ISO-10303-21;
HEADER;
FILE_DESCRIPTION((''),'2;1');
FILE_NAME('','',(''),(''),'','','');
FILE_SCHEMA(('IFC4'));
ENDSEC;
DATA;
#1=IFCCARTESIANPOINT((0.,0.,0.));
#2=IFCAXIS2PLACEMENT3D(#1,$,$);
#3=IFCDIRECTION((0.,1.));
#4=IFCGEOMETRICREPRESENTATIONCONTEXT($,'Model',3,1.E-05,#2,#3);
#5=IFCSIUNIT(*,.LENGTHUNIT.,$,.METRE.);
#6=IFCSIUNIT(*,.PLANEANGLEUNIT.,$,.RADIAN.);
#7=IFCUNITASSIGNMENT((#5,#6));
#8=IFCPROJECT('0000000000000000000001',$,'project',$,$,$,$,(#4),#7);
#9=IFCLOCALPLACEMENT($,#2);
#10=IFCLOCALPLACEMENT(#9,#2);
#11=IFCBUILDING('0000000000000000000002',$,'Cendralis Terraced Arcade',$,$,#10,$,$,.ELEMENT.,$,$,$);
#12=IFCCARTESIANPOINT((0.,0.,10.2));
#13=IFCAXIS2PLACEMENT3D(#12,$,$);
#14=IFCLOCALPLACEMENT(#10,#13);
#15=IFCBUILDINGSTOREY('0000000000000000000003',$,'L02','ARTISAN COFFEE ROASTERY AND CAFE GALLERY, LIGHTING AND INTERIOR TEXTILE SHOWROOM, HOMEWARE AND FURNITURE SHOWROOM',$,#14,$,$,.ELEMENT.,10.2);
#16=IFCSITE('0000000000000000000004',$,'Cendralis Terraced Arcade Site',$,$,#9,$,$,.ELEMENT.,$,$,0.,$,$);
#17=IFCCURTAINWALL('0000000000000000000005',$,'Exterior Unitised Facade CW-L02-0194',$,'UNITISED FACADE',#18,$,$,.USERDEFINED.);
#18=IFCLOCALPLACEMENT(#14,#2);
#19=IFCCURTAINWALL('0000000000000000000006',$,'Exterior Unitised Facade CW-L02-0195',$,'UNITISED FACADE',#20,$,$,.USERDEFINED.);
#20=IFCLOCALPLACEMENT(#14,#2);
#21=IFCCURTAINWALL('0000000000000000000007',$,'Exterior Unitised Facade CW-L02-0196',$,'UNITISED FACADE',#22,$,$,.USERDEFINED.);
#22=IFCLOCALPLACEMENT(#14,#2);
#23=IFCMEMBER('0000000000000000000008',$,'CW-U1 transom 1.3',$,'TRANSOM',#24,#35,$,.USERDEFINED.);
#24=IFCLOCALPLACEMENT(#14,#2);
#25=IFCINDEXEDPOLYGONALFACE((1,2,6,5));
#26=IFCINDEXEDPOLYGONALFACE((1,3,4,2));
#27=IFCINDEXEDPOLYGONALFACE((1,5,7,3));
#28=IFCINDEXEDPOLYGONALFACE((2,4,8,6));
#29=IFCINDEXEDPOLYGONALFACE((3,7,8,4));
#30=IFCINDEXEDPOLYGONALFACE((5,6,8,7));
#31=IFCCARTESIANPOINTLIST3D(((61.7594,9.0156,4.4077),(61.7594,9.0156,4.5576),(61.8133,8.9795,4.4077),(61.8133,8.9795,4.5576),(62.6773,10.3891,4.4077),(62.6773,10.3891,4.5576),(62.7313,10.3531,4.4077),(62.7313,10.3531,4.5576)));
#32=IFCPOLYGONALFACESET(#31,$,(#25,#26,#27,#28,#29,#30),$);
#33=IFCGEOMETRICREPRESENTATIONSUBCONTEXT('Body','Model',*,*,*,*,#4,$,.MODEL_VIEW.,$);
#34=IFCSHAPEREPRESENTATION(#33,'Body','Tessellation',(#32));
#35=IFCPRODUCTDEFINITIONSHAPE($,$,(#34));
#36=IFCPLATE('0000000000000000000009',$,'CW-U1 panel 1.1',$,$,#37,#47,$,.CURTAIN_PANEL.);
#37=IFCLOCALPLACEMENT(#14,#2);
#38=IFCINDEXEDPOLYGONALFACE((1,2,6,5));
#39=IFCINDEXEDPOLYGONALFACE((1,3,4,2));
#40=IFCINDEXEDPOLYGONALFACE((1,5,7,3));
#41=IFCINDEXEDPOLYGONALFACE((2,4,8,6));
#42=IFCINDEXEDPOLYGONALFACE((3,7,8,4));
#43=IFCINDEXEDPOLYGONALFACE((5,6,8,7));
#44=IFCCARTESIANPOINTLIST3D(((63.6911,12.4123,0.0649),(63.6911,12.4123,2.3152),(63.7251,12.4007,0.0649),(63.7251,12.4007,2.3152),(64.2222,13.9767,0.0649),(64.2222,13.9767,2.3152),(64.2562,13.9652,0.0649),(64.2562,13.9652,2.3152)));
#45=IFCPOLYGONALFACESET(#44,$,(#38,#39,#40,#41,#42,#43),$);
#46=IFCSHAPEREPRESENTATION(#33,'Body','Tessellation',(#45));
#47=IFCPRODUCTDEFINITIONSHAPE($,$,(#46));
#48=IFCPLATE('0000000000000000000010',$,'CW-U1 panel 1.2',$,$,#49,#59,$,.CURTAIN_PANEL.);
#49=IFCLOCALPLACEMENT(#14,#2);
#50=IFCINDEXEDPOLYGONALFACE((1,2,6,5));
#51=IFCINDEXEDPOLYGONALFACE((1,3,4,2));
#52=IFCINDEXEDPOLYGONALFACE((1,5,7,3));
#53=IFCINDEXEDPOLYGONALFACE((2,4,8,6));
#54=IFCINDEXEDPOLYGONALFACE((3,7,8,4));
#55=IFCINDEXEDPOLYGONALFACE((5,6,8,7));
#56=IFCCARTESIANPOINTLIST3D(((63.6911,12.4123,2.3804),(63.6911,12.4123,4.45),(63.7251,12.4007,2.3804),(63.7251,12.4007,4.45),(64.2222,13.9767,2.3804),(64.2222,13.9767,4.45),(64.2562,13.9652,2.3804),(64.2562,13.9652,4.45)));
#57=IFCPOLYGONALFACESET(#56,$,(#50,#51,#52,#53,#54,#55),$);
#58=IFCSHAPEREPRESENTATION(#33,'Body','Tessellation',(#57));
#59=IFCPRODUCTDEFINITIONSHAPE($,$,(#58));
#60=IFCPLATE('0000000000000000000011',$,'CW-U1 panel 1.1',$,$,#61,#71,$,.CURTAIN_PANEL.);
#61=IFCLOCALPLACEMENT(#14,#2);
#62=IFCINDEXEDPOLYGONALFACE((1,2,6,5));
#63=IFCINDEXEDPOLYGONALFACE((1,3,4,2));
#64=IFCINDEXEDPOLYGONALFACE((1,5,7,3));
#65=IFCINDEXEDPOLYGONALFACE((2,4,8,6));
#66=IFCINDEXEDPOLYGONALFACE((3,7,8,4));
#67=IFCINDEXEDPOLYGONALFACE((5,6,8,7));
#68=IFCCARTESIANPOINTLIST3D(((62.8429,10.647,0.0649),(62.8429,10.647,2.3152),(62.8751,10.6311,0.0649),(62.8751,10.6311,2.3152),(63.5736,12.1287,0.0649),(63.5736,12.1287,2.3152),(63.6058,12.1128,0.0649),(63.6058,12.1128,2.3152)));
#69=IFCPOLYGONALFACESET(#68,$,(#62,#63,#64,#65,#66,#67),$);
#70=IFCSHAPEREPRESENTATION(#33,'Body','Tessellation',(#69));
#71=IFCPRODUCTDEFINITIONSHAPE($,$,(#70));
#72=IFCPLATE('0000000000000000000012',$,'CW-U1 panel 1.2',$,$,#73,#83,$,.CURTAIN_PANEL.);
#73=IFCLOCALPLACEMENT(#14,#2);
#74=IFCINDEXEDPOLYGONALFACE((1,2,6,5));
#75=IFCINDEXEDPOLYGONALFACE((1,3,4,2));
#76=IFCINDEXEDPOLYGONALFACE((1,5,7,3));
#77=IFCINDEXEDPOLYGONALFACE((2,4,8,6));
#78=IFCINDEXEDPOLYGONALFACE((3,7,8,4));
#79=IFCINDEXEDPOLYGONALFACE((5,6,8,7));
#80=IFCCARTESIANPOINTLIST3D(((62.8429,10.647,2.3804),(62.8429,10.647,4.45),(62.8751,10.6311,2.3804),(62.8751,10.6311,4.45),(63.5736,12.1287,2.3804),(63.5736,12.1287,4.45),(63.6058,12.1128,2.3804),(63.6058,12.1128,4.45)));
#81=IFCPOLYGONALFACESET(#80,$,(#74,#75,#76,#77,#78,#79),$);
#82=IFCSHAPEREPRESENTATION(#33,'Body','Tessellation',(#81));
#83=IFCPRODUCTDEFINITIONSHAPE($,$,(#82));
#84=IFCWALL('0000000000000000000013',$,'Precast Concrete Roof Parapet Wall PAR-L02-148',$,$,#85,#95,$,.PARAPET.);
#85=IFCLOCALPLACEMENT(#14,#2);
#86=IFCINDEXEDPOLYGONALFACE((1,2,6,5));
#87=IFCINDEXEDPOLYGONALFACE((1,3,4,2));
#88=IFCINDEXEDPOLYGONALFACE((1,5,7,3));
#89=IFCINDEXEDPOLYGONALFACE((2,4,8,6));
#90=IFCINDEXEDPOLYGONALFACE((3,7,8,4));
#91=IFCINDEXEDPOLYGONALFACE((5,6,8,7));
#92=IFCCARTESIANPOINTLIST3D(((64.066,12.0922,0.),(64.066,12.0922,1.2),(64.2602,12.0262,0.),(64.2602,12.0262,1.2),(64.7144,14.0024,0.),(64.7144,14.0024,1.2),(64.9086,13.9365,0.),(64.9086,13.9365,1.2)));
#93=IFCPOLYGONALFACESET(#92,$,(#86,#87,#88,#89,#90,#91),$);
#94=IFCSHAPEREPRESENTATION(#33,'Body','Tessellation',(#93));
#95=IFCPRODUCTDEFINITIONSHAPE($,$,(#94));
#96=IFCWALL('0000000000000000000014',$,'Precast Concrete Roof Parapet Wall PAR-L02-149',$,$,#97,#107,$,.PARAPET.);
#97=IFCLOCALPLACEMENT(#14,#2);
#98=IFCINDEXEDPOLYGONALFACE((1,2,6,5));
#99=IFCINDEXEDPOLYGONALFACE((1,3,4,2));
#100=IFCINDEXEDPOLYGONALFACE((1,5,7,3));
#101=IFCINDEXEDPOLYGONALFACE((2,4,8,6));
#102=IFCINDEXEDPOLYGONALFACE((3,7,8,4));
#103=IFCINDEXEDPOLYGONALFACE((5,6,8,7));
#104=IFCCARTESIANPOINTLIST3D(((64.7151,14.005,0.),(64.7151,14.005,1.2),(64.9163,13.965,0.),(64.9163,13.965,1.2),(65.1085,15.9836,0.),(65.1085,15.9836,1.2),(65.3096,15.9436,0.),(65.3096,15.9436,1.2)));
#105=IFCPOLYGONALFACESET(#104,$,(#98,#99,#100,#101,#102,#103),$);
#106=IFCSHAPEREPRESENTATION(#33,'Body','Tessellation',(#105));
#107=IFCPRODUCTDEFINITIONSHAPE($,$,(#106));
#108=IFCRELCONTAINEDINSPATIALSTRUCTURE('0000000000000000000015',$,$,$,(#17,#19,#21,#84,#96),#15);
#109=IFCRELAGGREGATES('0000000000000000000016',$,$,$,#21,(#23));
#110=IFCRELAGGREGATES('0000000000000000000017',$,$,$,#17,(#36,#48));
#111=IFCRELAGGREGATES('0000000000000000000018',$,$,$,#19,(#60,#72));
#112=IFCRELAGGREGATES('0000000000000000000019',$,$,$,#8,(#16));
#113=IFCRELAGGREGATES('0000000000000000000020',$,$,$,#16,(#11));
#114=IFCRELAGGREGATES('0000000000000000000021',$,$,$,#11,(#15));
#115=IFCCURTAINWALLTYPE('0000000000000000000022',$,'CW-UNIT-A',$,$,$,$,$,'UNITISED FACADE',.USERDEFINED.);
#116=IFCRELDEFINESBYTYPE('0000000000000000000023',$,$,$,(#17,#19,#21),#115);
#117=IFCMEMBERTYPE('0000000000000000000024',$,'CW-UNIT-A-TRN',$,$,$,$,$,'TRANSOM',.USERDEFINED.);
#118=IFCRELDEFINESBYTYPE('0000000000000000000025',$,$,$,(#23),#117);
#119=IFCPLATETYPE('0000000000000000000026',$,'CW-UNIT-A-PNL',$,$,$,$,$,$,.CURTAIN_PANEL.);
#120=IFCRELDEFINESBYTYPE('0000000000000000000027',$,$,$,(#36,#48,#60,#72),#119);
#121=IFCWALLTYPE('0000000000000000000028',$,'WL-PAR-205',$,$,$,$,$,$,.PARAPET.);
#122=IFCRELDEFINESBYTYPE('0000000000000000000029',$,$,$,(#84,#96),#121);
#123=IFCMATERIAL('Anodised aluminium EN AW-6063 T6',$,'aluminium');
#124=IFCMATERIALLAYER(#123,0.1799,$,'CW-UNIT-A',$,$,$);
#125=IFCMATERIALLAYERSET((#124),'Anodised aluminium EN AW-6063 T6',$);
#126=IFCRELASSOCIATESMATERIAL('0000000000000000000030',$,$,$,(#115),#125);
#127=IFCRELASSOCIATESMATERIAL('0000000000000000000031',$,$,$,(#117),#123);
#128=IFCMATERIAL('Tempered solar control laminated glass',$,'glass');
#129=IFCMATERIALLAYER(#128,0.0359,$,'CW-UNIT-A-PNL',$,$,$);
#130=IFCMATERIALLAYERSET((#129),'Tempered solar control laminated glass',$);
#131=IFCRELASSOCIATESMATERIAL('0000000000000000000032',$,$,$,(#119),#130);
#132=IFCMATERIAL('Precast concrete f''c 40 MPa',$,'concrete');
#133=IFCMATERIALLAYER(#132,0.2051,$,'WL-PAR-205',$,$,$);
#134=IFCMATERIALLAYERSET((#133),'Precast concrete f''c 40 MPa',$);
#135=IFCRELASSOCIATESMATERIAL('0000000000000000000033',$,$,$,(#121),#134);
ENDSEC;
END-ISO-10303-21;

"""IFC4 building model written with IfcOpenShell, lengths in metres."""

from ifc_helpers import new_model, si_unit, direction, frame, frame_2d, origin, origin_2d, place, context, subcontext, project, spatial, rectangle, extrude, material, layer, layer_set, material_profile, profile_set, type_object, element, aggregate, save


model = new_model("IFC4")

# Units and contexts
model_context = context("Model", 3, precision=1e-05, world=origin(), true_north=direction((0.0, 1.0)))
body_context = subcontext(model_context, "Body", "Model", "MODEL_VIEW")
ifc_project = project(units=[si_unit("LENGTHUNIT", "METRE"), si_unit("PLANEANGLEUNIT", "RADIAN")], contexts=[model_context])

# Site, building, storey
site_placement = place(None, origin())
site = spatial("IfcSite", under=ifc_project, at=site_placement, Name="Cendralis Terraced Arcade Site", CompositionType="ELEMENT", RefElevation=0.0)
building_placement = place(site_placement, origin())
building = spatial("IfcBuilding", under=site, at=building_placement, Name="Cendralis Terraced Arcade", CompositionType="ELEMENT")
storey_placement = place(building_placement, frame((0.0, 0.0, 10.2)))
storey = spatial("IfcBuildingStorey", under=building, at=storey_placement, Name="L02", Description="ARTISAN COFFEE ROASTERY AND CAFE GALLERY, LIGHTING AND INTERIOR TEXTILE SHOWROOM, HOMEWARE AND FURNITURE SHOWROOM", CompositionType="ELEMENT", Elevation=10.2)

# Shared definitions
ifc_material_1 = material(Name="Anodised aluminium EN AW-6063 T6", Category="aluminium")
ifc_layer_1 = layer(ifc_material_1, 0.1799, Name="CW-UNIT-A")
ifc_layer_set_1 = layer_set([ifc_layer_1], Name="Anodised aluminium EN AW-6063 T6")
curtain_wall_type = type_object("IfcCurtainWallType", Name="CW-UNIT-A", ElementType="UNITISED FACADE", PredefinedType="USERDEFINED", material=ifc_layer_set_1)

# Curtain walls
curtain_wall_1_placement = place(storey_placement, origin())
curtain_wall_1 = element("IfcCurtainWall", 1, at=curtain_wall_1_placement, inside=storey, type_object=curtain_wall_type, Name="Exterior Unitised Facade CW-L02-0194", ObjectType="UNITISED FACADE", PredefinedType="USERDEFINED")
curtain_wall_2_placement = place(storey_placement, origin())
curtain_wall_2 = element("IfcCurtainWall", 2, at=curtain_wall_2_placement, inside=storey, type_object=curtain_wall_type, Name="Exterior Unitised Facade CW-L02-0195", ObjectType="UNITISED FACADE", PredefinedType="USERDEFINED")

# Curtain wall
curtain_wall_3_placement = place(storey_placement, origin())
curtain_wall_3 = element("IfcCurtainWall", 3, at=curtain_wall_3_placement, inside=storey, type_object=curtain_wall_type, Name="Exterior Unitised Facade CW-L02-0196", ObjectType="UNITISED FACADE", PredefinedType="USERDEFINED")

# Member
ifc_material_profile_1 = material_profile(ifc_material_1, rectangle(XDim=0.0649, YDim=0.1499, at=origin_2d()), Name="ALU-TRN-65x150")
ifc_profile_set_1 = profile_set([ifc_material_profile_1], Name="Anodised aluminium EN AW-6063 T6")
member_type_1 = type_object("IfcMemberType", Name="CW-UNIT-A-TRN", ElementType="TRANSOM", PredefinedType="USERDEFINED", material=ifc_profile_set_1)
member_1_placement = place(storey_placement, frame((62.7043, 10.3711, 4.4827), z_axis=(-0.555655, -0.831413, 0.0), x_axis=(0.831413, -0.555655, 0.0)))
member_1 = element("IfcMember", 4, at=member_1_placement, type_object=member_type_1, Name="CW-U1 transom 1.3", ObjectType="TRANSOM", PredefinedType="USERDEFINED", context=body_context, shape_type="SweptSolid", body=[
    extrude(rectangle(XDim=0.0649, YDim=0.1499, at=origin_2d()), origin(), (0.0, 0.0, 1.0), 1.6521),
])
aggregate(curtain_wall_3, [member_1])

# Plates
ifc_material_2 = material(Name="Tempered solar control laminated glass", Category="glass")
ifc_layer_2 = layer(ifc_material_2, 0.0359, Name="CW-UNIT-A-PNL")
ifc_layer_set_2 = layer_set([ifc_layer_2], Name="Tempered solar control laminated glass")
plate_type = type_object("IfcPlateType", Name="CW-UNIT-A-PNL", PredefinedType="CURTAIN_PANEL", material=ifc_layer_set_2)
plate_1_placement = place(storey_placement, frame((63.9736, 13.1887, 0.0649), z_axis=(0.0, 0.0, 1.0), x_axis=(-0.321458, -0.946924, 0.0)))
plate_1 = element("IfcPlate", 5, at=plate_1_placement, type_object=plate_type, Name="CW-U1 panel 1.1", PredefinedType="CURTAIN_PANEL", context=body_context, shape_type="SweptSolid", body=[
    extrude(rectangle(XDim=1.6521, YDim=0.0359, at=origin_2d()), origin(), (0.0, 0.0, 1.0), 2.2502),
])
plate_2_placement = place(storey_placement, frame((63.9736, 13.1887, 2.3804), z_axis=(0.0, 0.0, 1.0), x_axis=(-0.321458, -0.946924, 0.0)))
plate_2 = element("IfcPlate", 6, at=plate_2_placement, type_object=plate_type, Name="CW-U1 panel 1.2", PredefinedType="CURTAIN_PANEL", context=body_context, shape_type="SweptSolid", body=[
    extrude(rectangle(XDim=1.6521, YDim=0.0359, at=origin_2d()), origin(), (0.0, 0.0, 1.0), 2.0696),
])
aggregate(curtain_wall_1, [plate_1, plate_2])
plate_3_placement = place(storey_placement, frame((63.2244, 11.3799, 0.0649), z_axis=(0.0, 0.0, 1.0), x_axis=(-0.442291, -0.896871, 0.0)))
plate_3 = element("IfcPlate", 7, at=plate_3_placement, type_object=plate_type, Name="CW-U1 panel 1.1", PredefinedType="CURTAIN_PANEL", context=body_context, shape_type="SweptSolid", body=[
    extrude(rectangle(XDim=1.6521, YDim=0.0359, at=origin_2d()), origin(), (0.0, 0.0, 1.0), 2.2502),
])
plate_4_placement = place(storey_placement, frame((63.2244, 11.3799, 2.3804), z_axis=(0.0, 0.0, 1.0), x_axis=(-0.442291, -0.896871, 0.0)))
plate_4 = element("IfcPlate", 8, at=plate_4_placement, type_object=plate_type, Name="CW-U1 panel 1.2", PredefinedType="CURTAIN_PANEL", context=body_context, shape_type="SweptSolid", body=[
    extrude(rectangle(XDim=1.6521, YDim=0.0359, at=origin_2d()), origin(), (0.0, 0.0, 1.0), 2.0696),
])
aggregate(curtain_wall_2, [plate_3, plate_4])

# Walls
ifc_material_3 = material(Name="Precast concrete f'c 40 MPa", Category="concrete")
ifc_layer_3 = layer(ifc_material_3, 0.2051, Name="WL-PAR-205")
ifc_layer_set_3 = layer_set([ifc_layer_3], Name="Precast concrete f'c 40 MPa")
wall_type = type_object("IfcWallType", Name="WL-PAR-205", PredefinedType="PARAPET", material=ifc_layer_set_3)
for number, where, z_axis, x_axis, name in (
    (9, (64.1631, 12.0591, 0.0), (0.0, 0.0, 1.0), (0.321415, 0.946939, 0.0), "Precast Concrete Roof Parapet Wall PAR-L02-148"),
    (10, (64.8157, 13.9849, 0.0), (0.0, 0.0, 1.0), (0.194976, 0.980808, 0.0), "Precast Concrete Roof Parapet Wall PAR-L02-149"),
):
    element("IfcWall", number, at=place(storey_placement, frame(where, z_axis=z_axis, x_axis=x_axis)), inside=storey, type_object=wall_type, Name=name, PredefinedType="PARAPET", context=body_context, shape_type="SweptSolid", body=[
        extrude(rectangle(XDim=2.0173, YDim=0.2051, at=frame_2d((1.0088, 0.0))), origin(), (0.0, 0.0, 1.0), 1.2),
    ])

save(model, "model.ifc")
